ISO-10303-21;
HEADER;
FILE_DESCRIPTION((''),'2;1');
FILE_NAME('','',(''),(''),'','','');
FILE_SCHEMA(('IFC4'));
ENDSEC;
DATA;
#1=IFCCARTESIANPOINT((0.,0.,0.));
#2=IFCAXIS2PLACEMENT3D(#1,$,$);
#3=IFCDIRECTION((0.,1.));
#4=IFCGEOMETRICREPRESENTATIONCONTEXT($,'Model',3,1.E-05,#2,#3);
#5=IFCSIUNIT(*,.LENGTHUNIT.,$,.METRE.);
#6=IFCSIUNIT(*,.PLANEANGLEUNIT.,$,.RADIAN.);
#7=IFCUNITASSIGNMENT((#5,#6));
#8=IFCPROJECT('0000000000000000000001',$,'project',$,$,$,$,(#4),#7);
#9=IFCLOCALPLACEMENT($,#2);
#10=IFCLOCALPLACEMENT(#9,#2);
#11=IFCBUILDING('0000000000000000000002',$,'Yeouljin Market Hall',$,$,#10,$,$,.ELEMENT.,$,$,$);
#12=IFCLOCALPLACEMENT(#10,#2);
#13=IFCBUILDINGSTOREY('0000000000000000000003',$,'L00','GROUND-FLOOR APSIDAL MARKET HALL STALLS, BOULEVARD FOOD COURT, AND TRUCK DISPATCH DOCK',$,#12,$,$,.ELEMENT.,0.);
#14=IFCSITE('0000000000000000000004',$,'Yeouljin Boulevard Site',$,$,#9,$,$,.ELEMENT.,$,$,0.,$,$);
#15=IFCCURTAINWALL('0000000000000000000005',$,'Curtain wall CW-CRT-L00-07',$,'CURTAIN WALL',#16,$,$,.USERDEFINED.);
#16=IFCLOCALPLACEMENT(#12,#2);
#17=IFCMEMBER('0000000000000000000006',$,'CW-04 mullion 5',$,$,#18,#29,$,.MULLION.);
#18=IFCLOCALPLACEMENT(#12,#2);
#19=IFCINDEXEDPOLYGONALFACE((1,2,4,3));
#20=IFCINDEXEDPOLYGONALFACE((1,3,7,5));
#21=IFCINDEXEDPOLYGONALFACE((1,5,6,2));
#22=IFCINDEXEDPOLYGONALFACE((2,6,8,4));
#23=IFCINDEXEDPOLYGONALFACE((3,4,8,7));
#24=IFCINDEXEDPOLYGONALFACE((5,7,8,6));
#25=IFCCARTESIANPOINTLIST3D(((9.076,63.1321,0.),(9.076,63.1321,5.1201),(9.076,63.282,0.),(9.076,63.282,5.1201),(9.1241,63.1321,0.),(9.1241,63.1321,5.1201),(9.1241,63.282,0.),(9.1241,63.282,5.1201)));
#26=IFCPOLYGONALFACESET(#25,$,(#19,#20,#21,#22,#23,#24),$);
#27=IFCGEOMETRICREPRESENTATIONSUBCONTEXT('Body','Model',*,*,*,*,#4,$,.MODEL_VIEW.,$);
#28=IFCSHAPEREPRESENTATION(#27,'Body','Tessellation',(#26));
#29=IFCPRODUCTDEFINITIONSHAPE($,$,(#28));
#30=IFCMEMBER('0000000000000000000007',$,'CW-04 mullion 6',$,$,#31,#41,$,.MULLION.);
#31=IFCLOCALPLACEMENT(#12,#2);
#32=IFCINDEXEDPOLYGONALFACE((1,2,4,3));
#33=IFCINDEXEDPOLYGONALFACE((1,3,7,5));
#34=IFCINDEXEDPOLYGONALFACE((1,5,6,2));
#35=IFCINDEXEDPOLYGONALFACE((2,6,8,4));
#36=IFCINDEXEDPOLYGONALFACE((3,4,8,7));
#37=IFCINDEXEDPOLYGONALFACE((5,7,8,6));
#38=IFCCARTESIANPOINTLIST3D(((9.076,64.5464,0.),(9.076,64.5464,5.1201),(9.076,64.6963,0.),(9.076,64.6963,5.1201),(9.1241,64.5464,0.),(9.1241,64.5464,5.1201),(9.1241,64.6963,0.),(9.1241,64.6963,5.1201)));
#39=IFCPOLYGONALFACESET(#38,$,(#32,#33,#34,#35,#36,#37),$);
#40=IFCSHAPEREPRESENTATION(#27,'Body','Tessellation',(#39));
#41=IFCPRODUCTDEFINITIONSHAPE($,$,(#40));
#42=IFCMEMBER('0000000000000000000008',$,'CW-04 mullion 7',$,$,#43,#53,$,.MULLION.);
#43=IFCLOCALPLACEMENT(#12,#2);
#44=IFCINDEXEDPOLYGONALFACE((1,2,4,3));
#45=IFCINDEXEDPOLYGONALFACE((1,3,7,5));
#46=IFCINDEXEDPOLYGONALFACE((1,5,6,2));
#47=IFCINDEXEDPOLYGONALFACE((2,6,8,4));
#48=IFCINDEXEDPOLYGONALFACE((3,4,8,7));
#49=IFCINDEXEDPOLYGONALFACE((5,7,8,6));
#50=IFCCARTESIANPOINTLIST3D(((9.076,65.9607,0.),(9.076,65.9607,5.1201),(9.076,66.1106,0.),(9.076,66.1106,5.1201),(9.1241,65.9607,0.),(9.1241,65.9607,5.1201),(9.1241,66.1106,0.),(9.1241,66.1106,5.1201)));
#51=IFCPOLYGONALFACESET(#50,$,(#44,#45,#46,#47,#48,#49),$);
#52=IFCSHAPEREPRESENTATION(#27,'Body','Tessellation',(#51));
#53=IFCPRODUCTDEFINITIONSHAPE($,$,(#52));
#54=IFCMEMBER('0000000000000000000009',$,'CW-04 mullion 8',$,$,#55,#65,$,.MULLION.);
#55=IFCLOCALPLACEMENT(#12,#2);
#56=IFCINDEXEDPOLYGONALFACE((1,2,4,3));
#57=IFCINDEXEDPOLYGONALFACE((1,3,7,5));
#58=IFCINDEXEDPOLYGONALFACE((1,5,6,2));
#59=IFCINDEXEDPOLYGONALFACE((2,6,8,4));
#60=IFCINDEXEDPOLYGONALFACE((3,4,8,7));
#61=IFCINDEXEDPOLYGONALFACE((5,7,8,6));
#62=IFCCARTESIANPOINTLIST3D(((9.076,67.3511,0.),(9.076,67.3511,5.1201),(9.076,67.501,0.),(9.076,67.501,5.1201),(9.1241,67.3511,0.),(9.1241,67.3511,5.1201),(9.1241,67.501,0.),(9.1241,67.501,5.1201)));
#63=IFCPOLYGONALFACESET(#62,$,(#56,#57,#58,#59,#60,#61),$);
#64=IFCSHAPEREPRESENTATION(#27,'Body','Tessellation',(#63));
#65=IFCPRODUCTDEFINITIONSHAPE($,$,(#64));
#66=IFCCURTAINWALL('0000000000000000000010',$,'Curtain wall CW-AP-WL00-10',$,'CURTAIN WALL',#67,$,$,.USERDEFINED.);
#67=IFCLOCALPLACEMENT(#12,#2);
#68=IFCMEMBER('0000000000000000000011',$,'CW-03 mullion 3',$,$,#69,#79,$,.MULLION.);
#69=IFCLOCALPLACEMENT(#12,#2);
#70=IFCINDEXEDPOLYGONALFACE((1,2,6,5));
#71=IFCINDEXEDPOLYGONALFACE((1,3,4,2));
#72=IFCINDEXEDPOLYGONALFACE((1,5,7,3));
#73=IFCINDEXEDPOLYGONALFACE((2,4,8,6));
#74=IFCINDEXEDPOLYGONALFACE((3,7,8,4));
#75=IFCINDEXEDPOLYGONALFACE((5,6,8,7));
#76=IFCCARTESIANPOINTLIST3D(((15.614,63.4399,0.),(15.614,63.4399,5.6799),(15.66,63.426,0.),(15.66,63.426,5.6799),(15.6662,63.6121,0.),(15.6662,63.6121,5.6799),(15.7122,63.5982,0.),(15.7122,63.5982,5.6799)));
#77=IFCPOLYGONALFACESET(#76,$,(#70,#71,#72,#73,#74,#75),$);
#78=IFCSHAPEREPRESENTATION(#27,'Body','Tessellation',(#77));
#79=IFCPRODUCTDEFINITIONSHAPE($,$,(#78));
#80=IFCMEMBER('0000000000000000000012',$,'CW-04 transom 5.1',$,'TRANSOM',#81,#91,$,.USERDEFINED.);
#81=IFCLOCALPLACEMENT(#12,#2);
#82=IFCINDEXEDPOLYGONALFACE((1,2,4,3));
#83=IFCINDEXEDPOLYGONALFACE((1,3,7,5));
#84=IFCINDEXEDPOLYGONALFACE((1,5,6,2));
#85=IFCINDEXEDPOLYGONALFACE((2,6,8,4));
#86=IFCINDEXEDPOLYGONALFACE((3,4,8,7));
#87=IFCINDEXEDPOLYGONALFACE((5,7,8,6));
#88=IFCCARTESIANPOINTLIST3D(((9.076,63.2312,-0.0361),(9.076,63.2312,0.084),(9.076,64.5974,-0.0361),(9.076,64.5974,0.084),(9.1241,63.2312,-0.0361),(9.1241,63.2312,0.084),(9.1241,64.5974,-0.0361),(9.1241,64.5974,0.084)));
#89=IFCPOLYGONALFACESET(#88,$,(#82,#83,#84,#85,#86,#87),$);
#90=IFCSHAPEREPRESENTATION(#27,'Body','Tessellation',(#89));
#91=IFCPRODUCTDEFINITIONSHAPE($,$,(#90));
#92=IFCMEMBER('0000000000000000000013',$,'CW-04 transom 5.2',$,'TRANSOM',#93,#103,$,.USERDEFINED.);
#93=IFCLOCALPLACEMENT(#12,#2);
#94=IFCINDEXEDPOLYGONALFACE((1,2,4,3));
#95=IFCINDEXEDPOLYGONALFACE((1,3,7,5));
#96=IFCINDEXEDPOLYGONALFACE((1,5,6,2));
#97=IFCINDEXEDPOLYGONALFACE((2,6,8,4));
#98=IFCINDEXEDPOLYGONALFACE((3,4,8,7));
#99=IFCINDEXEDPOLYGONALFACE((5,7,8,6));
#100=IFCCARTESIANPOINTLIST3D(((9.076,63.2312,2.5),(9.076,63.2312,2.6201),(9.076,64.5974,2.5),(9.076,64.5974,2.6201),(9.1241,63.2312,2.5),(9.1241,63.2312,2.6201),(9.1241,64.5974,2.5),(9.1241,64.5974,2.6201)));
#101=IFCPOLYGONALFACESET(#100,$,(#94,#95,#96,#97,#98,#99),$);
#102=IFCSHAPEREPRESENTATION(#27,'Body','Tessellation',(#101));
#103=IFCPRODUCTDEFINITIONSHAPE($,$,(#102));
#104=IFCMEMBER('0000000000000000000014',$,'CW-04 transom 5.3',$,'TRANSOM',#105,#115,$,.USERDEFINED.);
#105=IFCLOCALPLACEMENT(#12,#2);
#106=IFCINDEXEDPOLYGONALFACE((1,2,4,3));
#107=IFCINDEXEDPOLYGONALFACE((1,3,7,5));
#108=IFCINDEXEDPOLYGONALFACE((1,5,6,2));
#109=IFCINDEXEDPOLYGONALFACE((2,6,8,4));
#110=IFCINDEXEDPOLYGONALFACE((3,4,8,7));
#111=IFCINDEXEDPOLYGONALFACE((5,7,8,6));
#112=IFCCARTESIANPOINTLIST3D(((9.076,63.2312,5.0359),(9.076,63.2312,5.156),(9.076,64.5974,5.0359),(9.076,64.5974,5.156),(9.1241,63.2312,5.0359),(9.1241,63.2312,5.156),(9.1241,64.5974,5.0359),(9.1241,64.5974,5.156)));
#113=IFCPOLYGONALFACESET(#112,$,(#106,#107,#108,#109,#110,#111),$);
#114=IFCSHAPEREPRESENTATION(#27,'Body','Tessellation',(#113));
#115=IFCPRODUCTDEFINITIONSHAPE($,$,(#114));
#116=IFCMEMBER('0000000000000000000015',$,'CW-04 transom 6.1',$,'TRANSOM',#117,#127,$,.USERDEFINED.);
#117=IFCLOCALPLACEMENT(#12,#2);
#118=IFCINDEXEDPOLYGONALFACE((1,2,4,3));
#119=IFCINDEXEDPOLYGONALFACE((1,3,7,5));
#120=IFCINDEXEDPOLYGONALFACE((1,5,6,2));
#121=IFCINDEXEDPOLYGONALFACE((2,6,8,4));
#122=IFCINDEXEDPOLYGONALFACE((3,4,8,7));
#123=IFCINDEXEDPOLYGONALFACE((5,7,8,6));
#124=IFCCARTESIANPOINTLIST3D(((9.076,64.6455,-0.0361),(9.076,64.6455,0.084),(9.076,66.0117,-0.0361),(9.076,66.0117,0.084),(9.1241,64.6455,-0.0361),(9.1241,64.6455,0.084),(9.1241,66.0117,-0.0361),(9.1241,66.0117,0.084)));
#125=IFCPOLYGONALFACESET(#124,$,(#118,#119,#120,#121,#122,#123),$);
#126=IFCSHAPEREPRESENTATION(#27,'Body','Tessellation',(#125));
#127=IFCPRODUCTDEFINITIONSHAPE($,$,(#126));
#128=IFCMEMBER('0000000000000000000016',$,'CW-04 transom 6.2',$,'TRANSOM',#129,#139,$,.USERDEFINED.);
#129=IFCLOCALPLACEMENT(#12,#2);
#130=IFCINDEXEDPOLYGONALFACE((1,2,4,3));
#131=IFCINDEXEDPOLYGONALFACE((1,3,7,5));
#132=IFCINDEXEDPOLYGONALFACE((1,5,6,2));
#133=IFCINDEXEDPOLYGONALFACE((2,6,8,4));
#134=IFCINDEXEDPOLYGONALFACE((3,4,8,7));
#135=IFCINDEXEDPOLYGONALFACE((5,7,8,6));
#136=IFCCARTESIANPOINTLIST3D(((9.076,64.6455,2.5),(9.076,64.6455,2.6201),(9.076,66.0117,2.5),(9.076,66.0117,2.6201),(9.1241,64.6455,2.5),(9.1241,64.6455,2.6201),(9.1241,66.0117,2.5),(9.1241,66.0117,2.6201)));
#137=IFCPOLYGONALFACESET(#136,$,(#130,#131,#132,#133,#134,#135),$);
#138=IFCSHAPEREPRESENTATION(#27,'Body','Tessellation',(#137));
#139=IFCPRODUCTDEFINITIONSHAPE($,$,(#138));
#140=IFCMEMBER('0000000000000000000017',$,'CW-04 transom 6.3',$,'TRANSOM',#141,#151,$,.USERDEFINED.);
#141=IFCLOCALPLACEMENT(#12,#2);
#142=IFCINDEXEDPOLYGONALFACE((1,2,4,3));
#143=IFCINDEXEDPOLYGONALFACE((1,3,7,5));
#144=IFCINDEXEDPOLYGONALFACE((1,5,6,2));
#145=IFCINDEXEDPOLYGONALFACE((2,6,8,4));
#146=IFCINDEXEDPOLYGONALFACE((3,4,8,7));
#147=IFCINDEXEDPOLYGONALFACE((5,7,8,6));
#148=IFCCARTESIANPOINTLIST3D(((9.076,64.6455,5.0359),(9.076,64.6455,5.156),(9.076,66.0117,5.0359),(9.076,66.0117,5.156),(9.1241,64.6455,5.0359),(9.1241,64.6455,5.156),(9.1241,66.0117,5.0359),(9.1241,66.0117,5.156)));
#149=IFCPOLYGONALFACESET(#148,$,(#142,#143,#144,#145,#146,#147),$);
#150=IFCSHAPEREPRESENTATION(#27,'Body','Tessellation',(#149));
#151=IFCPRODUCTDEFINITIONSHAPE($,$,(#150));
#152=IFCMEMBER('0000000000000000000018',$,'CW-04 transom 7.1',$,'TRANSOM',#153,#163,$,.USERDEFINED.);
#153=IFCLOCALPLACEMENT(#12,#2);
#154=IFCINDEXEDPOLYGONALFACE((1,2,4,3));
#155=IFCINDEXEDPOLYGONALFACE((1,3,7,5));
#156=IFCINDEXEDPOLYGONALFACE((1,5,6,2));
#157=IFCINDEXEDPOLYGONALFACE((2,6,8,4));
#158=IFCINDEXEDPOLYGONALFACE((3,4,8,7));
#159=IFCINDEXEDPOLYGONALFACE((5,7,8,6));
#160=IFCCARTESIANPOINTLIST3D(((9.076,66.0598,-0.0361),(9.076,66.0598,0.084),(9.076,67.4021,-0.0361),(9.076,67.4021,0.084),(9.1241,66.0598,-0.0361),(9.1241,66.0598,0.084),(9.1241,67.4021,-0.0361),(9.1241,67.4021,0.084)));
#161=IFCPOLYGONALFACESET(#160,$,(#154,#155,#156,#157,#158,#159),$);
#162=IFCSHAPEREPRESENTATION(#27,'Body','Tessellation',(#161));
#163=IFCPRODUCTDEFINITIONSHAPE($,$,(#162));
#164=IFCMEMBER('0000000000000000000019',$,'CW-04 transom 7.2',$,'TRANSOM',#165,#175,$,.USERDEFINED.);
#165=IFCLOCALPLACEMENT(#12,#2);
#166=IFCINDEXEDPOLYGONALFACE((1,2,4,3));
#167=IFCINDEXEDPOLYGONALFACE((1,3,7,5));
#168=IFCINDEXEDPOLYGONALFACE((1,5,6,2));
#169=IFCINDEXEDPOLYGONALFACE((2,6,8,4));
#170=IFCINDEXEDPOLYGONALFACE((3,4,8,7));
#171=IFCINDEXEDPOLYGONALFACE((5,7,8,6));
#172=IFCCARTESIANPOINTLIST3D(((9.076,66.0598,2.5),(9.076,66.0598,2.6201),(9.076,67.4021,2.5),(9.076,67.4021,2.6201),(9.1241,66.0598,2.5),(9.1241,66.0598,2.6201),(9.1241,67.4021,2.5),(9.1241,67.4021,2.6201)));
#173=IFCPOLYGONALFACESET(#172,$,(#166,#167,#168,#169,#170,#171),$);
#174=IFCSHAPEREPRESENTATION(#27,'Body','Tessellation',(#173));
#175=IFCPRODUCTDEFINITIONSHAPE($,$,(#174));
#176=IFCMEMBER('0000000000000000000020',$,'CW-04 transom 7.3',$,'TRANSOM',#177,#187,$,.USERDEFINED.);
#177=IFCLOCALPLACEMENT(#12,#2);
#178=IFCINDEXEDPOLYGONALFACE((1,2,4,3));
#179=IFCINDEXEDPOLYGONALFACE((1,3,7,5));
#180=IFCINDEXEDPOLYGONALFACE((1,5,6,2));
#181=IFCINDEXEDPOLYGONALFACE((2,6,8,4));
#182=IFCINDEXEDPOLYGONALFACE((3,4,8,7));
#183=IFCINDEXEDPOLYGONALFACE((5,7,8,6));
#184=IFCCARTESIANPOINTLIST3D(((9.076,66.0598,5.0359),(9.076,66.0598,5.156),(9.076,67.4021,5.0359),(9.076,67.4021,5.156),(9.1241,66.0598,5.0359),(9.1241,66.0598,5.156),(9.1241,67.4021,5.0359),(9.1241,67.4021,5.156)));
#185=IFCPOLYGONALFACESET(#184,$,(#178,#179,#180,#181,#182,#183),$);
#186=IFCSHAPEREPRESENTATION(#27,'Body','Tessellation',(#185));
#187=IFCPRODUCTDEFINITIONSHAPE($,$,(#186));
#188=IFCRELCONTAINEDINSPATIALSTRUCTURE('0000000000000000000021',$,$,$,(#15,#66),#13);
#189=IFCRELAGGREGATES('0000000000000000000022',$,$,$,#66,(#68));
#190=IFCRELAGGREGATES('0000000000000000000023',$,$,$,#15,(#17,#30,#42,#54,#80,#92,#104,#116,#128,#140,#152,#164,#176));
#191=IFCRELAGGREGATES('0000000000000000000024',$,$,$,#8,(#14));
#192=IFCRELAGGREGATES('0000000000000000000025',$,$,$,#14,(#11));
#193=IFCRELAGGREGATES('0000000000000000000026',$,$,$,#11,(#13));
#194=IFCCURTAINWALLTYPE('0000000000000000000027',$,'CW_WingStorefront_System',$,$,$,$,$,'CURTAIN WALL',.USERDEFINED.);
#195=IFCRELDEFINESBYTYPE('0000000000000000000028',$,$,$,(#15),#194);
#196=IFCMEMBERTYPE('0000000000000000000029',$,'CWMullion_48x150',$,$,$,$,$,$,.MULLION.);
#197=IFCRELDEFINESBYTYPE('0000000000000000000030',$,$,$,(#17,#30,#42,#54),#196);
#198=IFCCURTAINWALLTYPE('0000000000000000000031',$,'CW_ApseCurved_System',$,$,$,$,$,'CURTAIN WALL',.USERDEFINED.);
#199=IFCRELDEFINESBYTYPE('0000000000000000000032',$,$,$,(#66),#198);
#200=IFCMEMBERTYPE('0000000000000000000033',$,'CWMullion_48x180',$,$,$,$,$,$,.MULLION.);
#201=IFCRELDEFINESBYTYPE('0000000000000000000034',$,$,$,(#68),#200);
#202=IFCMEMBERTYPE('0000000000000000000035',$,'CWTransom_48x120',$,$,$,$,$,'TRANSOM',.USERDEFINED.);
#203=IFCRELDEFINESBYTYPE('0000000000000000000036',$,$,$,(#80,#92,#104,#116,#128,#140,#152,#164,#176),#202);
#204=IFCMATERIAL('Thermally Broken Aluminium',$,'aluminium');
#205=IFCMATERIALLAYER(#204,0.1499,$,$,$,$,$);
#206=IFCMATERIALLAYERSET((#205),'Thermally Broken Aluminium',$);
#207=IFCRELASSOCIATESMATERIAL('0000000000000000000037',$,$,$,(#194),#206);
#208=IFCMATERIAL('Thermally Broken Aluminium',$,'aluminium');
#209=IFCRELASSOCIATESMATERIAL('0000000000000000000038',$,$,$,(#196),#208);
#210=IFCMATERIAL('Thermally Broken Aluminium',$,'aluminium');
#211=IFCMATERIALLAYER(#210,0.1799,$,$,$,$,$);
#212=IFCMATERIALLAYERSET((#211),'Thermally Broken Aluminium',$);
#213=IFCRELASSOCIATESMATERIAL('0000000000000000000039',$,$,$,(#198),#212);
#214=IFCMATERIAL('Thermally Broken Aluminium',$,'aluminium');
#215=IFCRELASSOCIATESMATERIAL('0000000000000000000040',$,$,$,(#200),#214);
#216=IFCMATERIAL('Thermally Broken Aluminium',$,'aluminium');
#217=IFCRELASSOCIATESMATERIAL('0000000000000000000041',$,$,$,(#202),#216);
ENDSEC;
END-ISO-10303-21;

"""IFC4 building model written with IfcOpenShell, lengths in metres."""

from ifc_helpers import new_model, si_unit, direction, frame, origin, origin_2d, place, context, subcontext, project, spatial, rectangle, extrude, material, layer, layer_set, material_profile, profile_set, type_object, element, aggregate, save


model = new_model("IFC4")

# Units and contexts
model_context = context("Model", 3, precision=1e-05, world=origin(), true_north=direction((0.0, 1.0)))
body_context = subcontext(model_context, "Body", "Model", "MODEL_VIEW")
ifc_project = project(units=[si_unit("LENGTHUNIT", "METRE"), si_unit("PLANEANGLEUNIT", "RADIAN")], contexts=[model_context])

# Site, building, storey
site_placement = place(None, origin())
site = spatial("IfcSite", under=ifc_project, at=site_placement, Name="Yeouljin Boulevard Site", CompositionType="ELEMENT", RefElevation=0.0)
building_placement = place(site_placement, origin())
building = spatial("IfcBuilding", under=site, at=building_placement, Name="Yeouljin Market Hall", CompositionType="ELEMENT")
storey_placement = place(building_placement, origin())
storey = spatial("IfcBuildingStorey", under=building, at=storey_placement, Name="L00", Description="GROUND-FLOOR APSIDAL MARKET HALL STALLS, BOULEVARD FOOD COURT, AND TRUCK DISPATCH DOCK", CompositionType="ELEMENT", Elevation=0.0)

# Curtain wall, members
ifc_material_1 = material(Name="Thermally Broken Aluminium", Category="aluminium")
ifc_layer_1 = layer(ifc_material_1, 0.1499)
ifc_layer_set_1 = layer_set([ifc_layer_1], Name="Thermally Broken Aluminium")
curtain_wall_type_1 = type_object("IfcCurtainWallType", Name="CW_WingStorefront_System", ElementType="CURTAIN WALL", PredefinedType="USERDEFINED", material=ifc_layer_set_1)
curtain_wall_1_placement = place(storey_placement, origin())
curtain_wall_1 = element("IfcCurtainWall", 1, at=curtain_wall_1_placement, inside=storey, type_object=curtain_wall_type_1, Name="Curtain wall CW-CRT-L00-07", ObjectType="CURTAIN WALL", PredefinedType="USERDEFINED")
ifc_material_2 = material(Name="Thermally Broken Aluminium", Category="aluminium")
ifc_material_profile_1 = material_profile(ifc_material_2, rectangle(XDim=0.0481, YDim=0.1499, at=origin_2d()), Name="CW-MULL-48x150")
ifc_profile_set_1 = profile_set([ifc_material_profile_1], Name="Thermally Broken Aluminium")
member_type_1 = type_object("IfcMemberType", Name="CWMullion_48x150", PredefinedType="MULLION", material=ifc_profile_set_1)
member_1_placement = place(storey_placement, frame((9.1001, 63.207, 0.0), z_axis=(0.0, 0.0, 1.0), x_axis=(-1.0, 0.0, 0.0)))
member_1 = element("IfcMember", 2, at=member_1_placement, type_object=member_type_1, Name="CW-04 mullion 5", PredefinedType="MULLION", context=body_context, shape_type="SweptSolid", body=[
    extrude(rectangle(XDim=0.0481, YDim=0.1499, at=origin_2d()), origin(), (0.0, 0.0, 1.0), 5.1201),
])
member_2_placement = place(storey_placement, frame((9.1001, 64.6213, 0.0), z_axis=(0.0, 0.0, 1.0), x_axis=(-1.0, 0.0, 0.0)))
member_2 = element("IfcMember", 3, at=member_2_placement, type_object=member_type_1, Name="CW-04 mullion 6", PredefinedType="MULLION", context=body_context, shape_type="SweptSolid", body=[
    extrude(rectangle(XDim=0.0481, YDim=0.1499, at=origin_2d()), origin(), (0.0, 0.0, 1.0), 5.1201),
])
member_3_placement = place(storey_placement, frame((9.1001, 66.0356, 0.0), z_axis=(0.0, 0.0, 1.0), x_axis=(-1.0, 0.0, 0.0)))
member_3 = element("IfcMember", 4, at=member_3_placement, type_object=member_type_1, Name="CW-04 mullion 7", PredefinedType="MULLION", context=body_context, shape_type="SweptSolid", body=[
    extrude(rectangle(XDim=0.0481, YDim=0.1499, at=origin_2d()), origin(), (0.0, 0.0, 1.0), 5.1201),
])
member_4_placement = place(storey_placement, frame((9.1001, 67.426, 0.0), z_axis=(0.0, 0.0, 1.0), x_axis=(-1.0, 0.0, 0.0)))
member_4 = element("IfcMember", 5, at=member_4_placement, type_object=member_type_1, Name="CW-04 mullion 8", PredefinedType="MULLION", context=body_context, shape_type="SweptSolid", body=[
    extrude(rectangle(XDim=0.0481, YDim=0.1499, at=origin_2d()), origin(), (0.0, 0.0, 1.0), 5.1201),
])

# Curtain wall, member
ifc_material_3 = material(Name="Thermally Broken Aluminium", Category="aluminium")
ifc_layer_2 = layer(ifc_material_3, 0.1799)
ifc_layer_set_2 = layer_set([ifc_layer_2], Name="Thermally Broken Aluminium")
curtain_wall_type_2 = type_object("IfcCurtainWallType", Name="CW_ApseCurved_System", ElementType="CURTAIN WALL", PredefinedType="USERDEFINED", material=ifc_layer_set_2)
curtain_wall_2_placement = place(storey_placement, origin())
curtain_wall_2 = element("IfcCurtainWall", 6, at=curtain_wall_2_placement, inside=storey, type_object=curtain_wall_type_2, Name="Curtain wall CW-AP-WL00-10", ObjectType="CURTAIN WALL", PredefinedType="USERDEFINED")
ifc_material_4 = material(Name="Thermally Broken Aluminium", Category="aluminium")
ifc_material_profile_2 = material_profile(ifc_material_4, rectangle(XDim=0.0481, YDim=0.1799, at=origin_2d()), Name="CW-MULL-48x180")
ifc_profile_set_2 = profile_set([ifc_material_profile_2], Name="Thermally Broken Aluminium")
member_type_2 = type_object("IfcMemberType", Name="CWMullion_48x180", PredefinedType="MULLION", material=ifc_profile_set_2)
member_5_placement = place(storey_placement, frame((15.6631, 63.519, 0.0), z_axis=(0.0, 0.0, 1.0), x_axis=(-0.95694, 0.290286, 0.0)))
member_5 = element("IfcMember", 7, at=member_5_placement, type_object=member_type_2, Name="CW-03 mullion 3", PredefinedType="MULLION", context=body_context, shape_type="SweptSolid", body=[
    extrude(rectangle(XDim=0.0481, YDim=0.1799, at=origin_2d()), origin(), (0.0, 0.0, 1.0), 5.6799),
])

# Members
ifc_material_5 = material(Name="Thermally Broken Aluminium", Category="aluminium")
ifc_material_profile_3 = material_profile(ifc_material_5, rectangle(XDim=0.0481, YDim=0.1201, at=origin_2d()), Name="CW-TRAN-48x120")
ifc_profile_set_3 = profile_set([ifc_material_profile_3], Name="Thermally Broken Aluminium")
member_type_3 = type_object("IfcMemberType", Name="CWTransom_48x120", ElementType="TRANSOM", PredefinedType="USERDEFINED", material=ifc_profile_set_3)
member_6_placement = place(storey_placement, frame((9.1001, 63.2312, 0.0239), z_axis=(0.0, 1.0, 0.0), x_axis=(-1.0, 0.0, 0.0)))
member_6 = element("IfcMember", 8, at=member_6_placement, type_object=member_type_3, Name="CW-04 transom 5.1", ObjectType="TRANSOM", PredefinedType="USERDEFINED", context=body_context, shape_type="SweptSolid", body=[
    extrude(rectangle(XDim=0.0481, YDim=0.1201, at=origin_2d()), origin(), (0.0, 0.0, 1.0), 1.3662),
])
member_7_placement = place(storey_placement, frame((9.1001, 63.2312, 2.5601), z_axis=(0.0, 1.0, 0.0), x_axis=(-1.0, 0.0, 0.0)))
member_7 = element("IfcMember", 9, at=member_7_placement, type_object=member_type_3, Name="CW-04 transom 5.2", ObjectType="TRANSOM", PredefinedType="USERDEFINED", context=body_context, shape_type="SweptSolid", body=[
    extrude(rectangle(XDim=0.0481, YDim=0.1201, at=origin_2d()), origin(), (0.0, 0.0, 1.0), 1.3662),
])
member_8_placement = place(storey_placement, frame((9.1001, 63.2312, 5.0959), z_axis=(0.0, 1.0, 0.0), x_axis=(-1.0, 0.0, 0.0)))
member_8 = element("IfcMember", 10, at=member_8_placement, type_object=member_type_3, Name="CW-04 transom 5.3", ObjectType="TRANSOM", PredefinedType="USERDEFINED", context=body_context, shape_type="SweptSolid", body=[
    extrude(rectangle(XDim=0.0481, YDim=0.1201, at=origin_2d()), origin(), (0.0, 0.0, 1.0), 1.3662),
])
member_9_placement = place(storey_placement, frame((9.1001, 64.6455, 0.0239), z_axis=(0.0, 1.0, 0.0), x_axis=(-1.0, 0.0, 0.0)))
member_9 = element("IfcMember", 11, at=member_9_placement, type_object=member_type_3, Name="CW-04 transom 6.1", ObjectType="TRANSOM", PredefinedType="USERDEFINED", context=body_context, shape_type="SweptSolid", body=[
    extrude(rectangle(XDim=0.0481, YDim=0.1201, at=origin_2d()), origin(), (0.0, 0.0, 1.0), 1.3662),
])
member_10_placement = place(storey_placement, frame((9.1001, 64.6455, 2.5601), z_axis=(0.0, 1.0, 0.0), x_axis=(-1.0, 0.0, 0.0)))
member_10 = element("IfcMember", 12, at=member_10_placement, type_object=member_type_3, Name="CW-04 transom 6.2", ObjectType="TRANSOM", PredefinedType="USERDEFINED", context=body_context, shape_type="SweptSolid", body=[
    extrude(rectangle(XDim=0.0481, YDim=0.1201, at=origin_2d()), origin(), (0.0, 0.0, 1.0), 1.3662),
])
member_11_placement = place(storey_placement, frame((9.1001, 64.6455, 5.0959), z_axis=(0.0, 1.0, 0.0), x_axis=(-1.0, 0.0, 0.0)))
member_11 = element("IfcMember", 13, at=member_11_placement, type_object=member_type_3, Name="CW-04 transom 6.3", ObjectType="TRANSOM", PredefinedType="USERDEFINED", context=body_context, shape_type="SweptSolid", body=[
    extrude(rectangle(XDim=0.0481, YDim=0.1201, at=origin_2d()), origin(), (0.0, 0.0, 1.0), 1.3662),
])
member_12_placement = place(storey_placement, frame((9.1001, 66.0598, 0.0239), z_axis=(0.0, 1.0, 0.0), x_axis=(-1.0, 0.0, 0.0)))
member_12 = element("IfcMember", 14, at=member_12_placement, type_object=member_type_3, Name="CW-04 transom 7.1", ObjectType="TRANSOM", PredefinedType="USERDEFINED", context=body_context, shape_type="SweptSolid", body=[
    extrude(rectangle(XDim=0.0481, YDim=0.1201, at=origin_2d()), origin(), (0.0, 0.0, 1.0), 1.3423),
])
member_13_placement = place(storey_placement, frame((9.1001, 66.0598, 2.5601), z_axis=(0.0, 1.0, 0.0), x_axis=(-1.0, 0.0, 0.0)))
member_13 = element("IfcMember", 15, at=member_13_placement, type_object=member_type_3, Name="CW-04 transom 7.2", ObjectType="TRANSOM", PredefinedType="USERDEFINED", context=body_context, shape_type="SweptSolid", body=[
    extrude(rectangle(XDim=0.0481, YDim=0.1201, at=origin_2d()), origin(), (0.0, 0.0, 1.0), 1.3423),
])
member_14_placement = place(storey_placement, frame((9.1001, 66.0598, 5.0959), z_axis=(0.0, 1.0, 0.0), x_axis=(-1.0, 0.0, 0.0)))
member_14 = element("IfcMember", 16, at=member_14_placement, type_object=member_type_3, Name="CW-04 transom 7.3", ObjectType="TRANSOM", PredefinedType="USERDEFINED", context=body_context, shape_type="SweptSolid", body=[
    extrude(rectangle(XDim=0.0481, YDim=0.1201, at=origin_2d()), origin(), (0.0, 0.0, 1.0), 1.3423),
])

aggregate(curtain_wall_2, [member_5])
aggregate(curtain_wall_1, [member_1, member_2, member_3, member_4, member_6, member_7, member_8, member_9, member_10, member_11, member_12, member_13, member_14])

save(model, "model.ifc")
